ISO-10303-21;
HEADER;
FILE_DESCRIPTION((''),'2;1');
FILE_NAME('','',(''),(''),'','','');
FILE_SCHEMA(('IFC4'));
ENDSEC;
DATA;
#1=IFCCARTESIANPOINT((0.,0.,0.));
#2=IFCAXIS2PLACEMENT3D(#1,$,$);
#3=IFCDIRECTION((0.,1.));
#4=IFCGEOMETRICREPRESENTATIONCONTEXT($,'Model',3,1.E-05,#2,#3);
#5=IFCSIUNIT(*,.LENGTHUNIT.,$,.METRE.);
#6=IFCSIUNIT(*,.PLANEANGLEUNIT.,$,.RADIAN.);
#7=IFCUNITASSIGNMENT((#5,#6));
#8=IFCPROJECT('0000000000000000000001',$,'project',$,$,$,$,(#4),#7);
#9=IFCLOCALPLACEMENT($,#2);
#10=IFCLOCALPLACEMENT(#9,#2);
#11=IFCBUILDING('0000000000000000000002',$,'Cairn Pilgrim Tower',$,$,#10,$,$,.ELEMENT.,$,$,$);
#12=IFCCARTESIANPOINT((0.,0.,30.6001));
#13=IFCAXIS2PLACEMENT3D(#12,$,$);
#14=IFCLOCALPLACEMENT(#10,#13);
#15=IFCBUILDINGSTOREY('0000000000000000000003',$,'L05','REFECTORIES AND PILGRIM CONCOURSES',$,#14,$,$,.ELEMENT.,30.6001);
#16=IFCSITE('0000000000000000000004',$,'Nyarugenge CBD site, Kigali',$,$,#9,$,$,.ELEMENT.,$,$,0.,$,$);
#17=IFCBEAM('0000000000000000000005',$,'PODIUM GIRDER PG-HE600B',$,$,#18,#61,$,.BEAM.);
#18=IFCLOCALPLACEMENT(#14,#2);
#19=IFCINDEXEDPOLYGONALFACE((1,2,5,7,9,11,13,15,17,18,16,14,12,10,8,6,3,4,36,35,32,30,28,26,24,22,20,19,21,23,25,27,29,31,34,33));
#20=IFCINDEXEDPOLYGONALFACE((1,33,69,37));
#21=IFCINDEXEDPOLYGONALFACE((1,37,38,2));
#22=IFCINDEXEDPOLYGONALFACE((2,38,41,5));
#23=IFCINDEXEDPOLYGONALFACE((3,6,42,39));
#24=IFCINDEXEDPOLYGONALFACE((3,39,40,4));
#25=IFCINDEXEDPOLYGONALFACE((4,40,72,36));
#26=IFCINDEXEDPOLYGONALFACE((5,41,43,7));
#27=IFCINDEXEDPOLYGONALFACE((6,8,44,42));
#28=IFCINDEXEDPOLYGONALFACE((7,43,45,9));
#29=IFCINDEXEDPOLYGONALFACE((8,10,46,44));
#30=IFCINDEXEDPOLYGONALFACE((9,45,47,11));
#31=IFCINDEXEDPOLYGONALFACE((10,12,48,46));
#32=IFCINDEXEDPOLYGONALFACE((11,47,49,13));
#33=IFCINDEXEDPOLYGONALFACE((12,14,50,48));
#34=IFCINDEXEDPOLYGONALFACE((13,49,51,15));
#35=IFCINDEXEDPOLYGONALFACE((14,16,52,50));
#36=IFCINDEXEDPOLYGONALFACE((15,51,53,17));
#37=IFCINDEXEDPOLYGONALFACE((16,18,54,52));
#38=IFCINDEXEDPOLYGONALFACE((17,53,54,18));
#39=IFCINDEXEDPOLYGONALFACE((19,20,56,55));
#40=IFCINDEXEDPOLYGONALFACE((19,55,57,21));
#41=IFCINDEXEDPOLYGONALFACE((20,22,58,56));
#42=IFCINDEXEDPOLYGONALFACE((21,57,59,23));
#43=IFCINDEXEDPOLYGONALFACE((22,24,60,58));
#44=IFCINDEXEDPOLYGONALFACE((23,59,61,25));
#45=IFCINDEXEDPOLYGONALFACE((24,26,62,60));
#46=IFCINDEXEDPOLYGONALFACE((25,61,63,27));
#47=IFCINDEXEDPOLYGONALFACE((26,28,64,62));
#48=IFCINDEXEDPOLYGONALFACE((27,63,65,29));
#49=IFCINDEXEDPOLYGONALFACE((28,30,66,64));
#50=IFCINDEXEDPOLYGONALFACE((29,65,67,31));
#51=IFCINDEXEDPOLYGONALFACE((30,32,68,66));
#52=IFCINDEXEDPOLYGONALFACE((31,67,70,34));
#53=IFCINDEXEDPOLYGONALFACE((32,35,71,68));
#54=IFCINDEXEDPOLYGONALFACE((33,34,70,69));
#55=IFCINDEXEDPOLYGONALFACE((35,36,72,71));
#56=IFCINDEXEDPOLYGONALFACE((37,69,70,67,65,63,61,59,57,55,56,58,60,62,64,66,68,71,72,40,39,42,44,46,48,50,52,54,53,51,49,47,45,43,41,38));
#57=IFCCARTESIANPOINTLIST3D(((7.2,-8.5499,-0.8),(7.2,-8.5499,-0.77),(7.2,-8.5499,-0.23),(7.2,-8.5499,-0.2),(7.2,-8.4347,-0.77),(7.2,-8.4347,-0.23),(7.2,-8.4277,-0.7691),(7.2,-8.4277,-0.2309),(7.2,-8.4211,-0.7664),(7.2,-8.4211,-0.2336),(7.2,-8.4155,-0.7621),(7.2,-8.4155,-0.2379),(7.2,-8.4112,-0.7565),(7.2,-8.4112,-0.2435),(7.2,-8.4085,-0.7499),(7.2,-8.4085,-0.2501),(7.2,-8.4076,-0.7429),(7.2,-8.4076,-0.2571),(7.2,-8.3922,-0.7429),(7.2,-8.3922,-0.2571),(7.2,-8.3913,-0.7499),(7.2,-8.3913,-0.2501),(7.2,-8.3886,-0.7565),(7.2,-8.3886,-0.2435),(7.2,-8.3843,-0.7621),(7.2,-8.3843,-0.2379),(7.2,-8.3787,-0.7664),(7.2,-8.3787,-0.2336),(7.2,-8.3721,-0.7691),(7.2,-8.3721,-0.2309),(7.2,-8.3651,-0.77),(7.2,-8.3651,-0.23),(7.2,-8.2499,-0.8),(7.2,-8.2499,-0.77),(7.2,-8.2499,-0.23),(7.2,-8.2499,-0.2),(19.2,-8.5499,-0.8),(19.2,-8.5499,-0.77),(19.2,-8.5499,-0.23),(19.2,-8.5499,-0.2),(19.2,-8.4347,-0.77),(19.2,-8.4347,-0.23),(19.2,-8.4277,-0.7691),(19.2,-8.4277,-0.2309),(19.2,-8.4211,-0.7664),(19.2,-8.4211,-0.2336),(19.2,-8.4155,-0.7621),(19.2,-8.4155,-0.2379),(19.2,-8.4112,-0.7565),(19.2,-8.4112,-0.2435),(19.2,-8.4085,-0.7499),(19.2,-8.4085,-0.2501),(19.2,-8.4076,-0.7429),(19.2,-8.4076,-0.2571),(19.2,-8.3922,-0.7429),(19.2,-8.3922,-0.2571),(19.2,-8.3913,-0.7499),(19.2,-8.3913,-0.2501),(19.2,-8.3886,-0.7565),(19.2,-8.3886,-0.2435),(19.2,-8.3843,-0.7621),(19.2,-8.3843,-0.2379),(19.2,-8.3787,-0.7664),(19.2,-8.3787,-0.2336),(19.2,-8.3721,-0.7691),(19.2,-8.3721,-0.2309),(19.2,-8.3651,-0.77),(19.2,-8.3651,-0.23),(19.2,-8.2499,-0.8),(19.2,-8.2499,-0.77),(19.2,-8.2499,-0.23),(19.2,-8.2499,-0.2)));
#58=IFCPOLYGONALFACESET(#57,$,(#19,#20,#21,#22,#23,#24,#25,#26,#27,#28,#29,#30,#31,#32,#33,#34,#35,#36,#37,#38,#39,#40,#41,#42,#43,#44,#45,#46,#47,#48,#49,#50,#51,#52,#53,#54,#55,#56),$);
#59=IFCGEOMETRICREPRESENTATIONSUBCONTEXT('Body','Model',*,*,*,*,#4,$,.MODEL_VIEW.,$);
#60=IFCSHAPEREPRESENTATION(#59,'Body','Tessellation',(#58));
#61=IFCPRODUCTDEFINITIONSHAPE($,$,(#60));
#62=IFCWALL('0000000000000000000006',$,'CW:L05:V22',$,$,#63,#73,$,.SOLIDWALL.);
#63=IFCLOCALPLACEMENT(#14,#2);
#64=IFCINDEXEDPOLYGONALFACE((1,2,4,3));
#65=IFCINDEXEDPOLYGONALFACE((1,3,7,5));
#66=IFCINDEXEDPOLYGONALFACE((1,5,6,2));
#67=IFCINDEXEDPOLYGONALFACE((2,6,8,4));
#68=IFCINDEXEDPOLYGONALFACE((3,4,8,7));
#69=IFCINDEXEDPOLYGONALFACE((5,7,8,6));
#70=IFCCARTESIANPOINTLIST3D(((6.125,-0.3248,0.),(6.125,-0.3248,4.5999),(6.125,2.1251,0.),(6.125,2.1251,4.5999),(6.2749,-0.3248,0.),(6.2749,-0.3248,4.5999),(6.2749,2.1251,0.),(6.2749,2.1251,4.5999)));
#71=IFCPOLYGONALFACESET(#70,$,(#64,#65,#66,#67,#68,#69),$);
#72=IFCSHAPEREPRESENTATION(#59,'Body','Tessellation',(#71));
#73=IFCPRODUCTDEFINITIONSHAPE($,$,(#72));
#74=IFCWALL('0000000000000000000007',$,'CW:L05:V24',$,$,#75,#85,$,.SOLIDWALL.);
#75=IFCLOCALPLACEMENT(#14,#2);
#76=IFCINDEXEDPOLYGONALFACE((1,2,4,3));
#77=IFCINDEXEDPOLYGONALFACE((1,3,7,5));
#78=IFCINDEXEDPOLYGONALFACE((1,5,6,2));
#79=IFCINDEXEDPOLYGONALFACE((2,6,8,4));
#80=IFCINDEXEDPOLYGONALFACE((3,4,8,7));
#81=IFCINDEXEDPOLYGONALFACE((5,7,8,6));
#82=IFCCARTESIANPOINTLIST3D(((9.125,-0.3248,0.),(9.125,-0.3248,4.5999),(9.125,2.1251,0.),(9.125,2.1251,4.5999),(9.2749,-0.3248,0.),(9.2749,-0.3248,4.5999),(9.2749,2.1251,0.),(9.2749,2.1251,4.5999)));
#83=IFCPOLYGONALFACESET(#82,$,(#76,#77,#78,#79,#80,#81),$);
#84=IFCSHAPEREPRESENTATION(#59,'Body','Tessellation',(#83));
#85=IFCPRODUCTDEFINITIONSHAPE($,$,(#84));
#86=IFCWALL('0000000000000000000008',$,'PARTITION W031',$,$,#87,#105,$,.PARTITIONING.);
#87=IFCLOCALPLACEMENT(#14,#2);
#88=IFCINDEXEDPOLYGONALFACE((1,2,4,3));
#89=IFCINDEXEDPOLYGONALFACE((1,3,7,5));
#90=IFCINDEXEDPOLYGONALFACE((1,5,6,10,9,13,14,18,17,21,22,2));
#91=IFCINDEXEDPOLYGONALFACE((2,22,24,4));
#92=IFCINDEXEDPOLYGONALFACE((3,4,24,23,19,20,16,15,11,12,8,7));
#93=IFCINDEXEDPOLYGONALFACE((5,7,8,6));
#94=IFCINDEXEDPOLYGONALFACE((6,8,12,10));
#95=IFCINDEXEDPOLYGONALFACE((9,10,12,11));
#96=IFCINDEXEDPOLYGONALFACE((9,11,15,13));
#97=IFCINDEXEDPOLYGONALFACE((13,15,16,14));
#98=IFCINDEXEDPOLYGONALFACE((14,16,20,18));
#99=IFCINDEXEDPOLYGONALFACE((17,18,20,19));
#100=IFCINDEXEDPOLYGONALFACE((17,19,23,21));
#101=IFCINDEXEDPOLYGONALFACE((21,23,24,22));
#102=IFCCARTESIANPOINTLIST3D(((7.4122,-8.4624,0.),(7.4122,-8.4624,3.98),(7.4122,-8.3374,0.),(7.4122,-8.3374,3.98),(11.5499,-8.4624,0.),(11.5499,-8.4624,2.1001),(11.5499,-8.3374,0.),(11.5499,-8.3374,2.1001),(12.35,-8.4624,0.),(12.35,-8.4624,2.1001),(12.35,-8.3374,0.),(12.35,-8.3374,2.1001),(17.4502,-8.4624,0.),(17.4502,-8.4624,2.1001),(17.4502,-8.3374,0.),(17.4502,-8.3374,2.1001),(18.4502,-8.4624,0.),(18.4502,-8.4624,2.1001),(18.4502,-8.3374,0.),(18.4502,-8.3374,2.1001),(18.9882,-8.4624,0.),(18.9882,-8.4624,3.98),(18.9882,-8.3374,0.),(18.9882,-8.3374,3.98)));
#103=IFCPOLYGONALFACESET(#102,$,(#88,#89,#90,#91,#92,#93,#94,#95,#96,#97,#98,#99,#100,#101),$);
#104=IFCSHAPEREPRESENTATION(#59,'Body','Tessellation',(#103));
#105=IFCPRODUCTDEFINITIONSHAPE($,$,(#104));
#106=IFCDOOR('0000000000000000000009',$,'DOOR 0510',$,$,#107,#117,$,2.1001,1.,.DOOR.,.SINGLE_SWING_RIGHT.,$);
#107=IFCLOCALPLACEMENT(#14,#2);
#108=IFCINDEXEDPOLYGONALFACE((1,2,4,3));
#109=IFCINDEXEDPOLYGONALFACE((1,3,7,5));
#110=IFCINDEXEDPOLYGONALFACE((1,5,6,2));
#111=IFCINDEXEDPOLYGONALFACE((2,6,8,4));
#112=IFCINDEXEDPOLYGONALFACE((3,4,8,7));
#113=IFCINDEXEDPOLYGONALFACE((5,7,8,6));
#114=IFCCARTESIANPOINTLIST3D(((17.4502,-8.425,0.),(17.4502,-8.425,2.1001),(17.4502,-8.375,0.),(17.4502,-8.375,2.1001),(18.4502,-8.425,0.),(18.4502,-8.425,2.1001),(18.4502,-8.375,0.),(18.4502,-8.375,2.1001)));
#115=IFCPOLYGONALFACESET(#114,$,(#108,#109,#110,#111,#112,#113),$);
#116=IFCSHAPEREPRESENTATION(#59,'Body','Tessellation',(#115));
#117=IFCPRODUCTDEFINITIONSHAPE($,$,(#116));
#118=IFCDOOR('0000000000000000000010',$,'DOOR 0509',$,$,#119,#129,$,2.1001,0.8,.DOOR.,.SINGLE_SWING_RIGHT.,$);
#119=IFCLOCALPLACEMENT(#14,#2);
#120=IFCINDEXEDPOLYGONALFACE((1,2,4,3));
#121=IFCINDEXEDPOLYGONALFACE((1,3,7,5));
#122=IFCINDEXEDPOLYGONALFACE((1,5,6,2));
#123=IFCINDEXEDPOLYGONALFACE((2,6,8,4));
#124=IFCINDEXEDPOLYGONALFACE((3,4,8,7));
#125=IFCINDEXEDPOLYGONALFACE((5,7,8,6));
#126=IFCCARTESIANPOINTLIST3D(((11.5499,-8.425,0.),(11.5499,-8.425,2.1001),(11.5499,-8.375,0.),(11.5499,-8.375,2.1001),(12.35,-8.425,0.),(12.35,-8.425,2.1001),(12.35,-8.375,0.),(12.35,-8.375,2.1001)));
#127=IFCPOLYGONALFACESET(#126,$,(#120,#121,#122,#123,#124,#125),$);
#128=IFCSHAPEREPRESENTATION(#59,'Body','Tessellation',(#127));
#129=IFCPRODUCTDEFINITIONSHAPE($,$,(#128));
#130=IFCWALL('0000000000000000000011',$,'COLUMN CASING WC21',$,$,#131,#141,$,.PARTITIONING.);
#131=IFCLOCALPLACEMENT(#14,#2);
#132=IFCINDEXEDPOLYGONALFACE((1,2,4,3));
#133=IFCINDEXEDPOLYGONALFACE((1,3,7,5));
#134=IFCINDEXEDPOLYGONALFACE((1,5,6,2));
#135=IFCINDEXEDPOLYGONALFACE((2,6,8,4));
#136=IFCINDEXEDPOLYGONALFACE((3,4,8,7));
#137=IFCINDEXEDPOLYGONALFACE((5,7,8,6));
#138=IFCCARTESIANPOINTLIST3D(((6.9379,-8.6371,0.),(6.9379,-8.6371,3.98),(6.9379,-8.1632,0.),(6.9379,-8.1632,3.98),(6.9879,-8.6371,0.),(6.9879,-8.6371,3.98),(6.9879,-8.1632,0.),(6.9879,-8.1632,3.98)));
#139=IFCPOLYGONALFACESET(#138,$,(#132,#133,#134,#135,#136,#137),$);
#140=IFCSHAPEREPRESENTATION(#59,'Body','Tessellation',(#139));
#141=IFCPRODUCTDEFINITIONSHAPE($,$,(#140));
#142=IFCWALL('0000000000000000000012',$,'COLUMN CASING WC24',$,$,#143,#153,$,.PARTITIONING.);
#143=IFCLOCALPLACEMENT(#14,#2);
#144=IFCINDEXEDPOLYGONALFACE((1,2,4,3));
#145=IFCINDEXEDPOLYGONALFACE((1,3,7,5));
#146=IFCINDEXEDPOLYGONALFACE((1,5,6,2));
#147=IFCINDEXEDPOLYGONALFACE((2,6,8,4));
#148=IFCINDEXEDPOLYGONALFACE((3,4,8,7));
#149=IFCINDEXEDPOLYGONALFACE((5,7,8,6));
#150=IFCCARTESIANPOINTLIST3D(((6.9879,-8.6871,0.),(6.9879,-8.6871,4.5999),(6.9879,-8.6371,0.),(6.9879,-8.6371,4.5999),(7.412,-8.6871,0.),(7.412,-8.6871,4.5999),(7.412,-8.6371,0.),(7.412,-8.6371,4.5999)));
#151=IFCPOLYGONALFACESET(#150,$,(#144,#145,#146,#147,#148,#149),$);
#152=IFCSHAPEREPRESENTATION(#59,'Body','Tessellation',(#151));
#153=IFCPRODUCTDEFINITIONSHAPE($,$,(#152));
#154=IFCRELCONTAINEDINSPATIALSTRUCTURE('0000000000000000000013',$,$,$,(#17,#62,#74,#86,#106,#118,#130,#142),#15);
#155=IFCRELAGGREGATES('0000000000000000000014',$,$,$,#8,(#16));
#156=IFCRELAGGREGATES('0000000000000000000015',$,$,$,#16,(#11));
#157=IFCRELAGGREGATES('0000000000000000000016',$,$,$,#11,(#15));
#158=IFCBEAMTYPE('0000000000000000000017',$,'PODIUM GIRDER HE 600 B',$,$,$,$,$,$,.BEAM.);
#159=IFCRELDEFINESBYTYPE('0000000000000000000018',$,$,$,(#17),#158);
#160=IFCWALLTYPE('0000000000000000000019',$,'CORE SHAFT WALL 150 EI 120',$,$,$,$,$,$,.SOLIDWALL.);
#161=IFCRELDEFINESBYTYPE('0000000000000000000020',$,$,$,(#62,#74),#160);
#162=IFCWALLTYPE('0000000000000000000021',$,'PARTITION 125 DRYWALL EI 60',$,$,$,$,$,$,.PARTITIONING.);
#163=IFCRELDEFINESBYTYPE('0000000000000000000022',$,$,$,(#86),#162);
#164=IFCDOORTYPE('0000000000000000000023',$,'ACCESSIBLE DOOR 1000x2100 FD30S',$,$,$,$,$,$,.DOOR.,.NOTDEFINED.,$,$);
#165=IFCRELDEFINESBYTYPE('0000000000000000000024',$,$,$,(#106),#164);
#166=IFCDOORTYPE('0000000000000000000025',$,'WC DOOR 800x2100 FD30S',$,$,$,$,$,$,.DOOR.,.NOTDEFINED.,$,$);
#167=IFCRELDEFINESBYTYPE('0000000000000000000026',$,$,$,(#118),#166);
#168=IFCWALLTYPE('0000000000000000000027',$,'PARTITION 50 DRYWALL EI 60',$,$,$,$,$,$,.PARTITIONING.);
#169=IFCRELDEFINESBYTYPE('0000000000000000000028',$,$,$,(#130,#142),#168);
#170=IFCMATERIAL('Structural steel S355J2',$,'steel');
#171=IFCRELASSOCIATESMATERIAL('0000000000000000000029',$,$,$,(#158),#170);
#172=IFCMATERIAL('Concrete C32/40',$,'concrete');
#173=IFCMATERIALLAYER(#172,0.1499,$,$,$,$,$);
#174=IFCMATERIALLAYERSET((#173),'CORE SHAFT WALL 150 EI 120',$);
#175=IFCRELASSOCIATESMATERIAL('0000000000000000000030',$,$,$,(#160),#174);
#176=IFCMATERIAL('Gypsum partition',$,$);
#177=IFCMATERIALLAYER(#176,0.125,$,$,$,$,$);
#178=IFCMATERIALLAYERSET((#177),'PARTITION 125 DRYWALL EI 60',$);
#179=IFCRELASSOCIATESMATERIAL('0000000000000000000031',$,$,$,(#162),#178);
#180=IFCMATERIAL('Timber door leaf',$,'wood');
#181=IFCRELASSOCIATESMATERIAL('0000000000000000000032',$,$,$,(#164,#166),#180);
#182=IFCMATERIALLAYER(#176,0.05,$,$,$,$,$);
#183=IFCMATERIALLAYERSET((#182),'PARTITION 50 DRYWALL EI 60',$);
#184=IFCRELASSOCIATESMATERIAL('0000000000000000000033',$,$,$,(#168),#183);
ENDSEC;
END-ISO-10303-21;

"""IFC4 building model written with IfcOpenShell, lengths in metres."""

from ifc_helpers import new_model, si_unit, direction, frame, frame_2d, origin, origin_2d, place, context, subcontext, project, spatial, rectangle, i_section, extrude, material, layer, layer_set, material_profile, profile_set, type_object, element, fill, save


model = new_model("IFC4")

# Units and contexts
model_context = context("Model", 3, precision=1e-05, world=origin(), true_north=direction((0.0, 1.0)))
body_context = subcontext(model_context, "Body", "Model", "MODEL_VIEW")
ifc_project = project(units=[si_unit("LENGTHUNIT", "METRE"), si_unit("PLANEANGLEUNIT", "RADIAN")], contexts=[model_context])

# Site, building, storey
site_placement = place(None, origin())
site = spatial("IfcSite", under=ifc_project, at=site_placement, Name="Nyarugenge CBD site, Kigali", CompositionType="ELEMENT", RefElevation=0.0)
building_placement = place(site_placement, origin())
building = spatial("IfcBuilding", under=site, at=building_placement, Name="Cairn Pilgrim Tower", CompositionType="ELEMENT")
storey_placement = place(building_placement, frame((0.0, 0.0, 30.6001)))
storey = spatial("IfcBuildingStorey", under=building, at=storey_placement, Name="L05", Description="REFECTORIES AND PILGRIM CONCOURSES", CompositionType="ELEMENT", Elevation=30.6001)

# Beam
ifc_material_1 = material(Name="Structural steel S355J2", Category="steel")
ifc_material_profile_1 = material_profile(ifc_material_1, i_section(OverallWidth=0.3, OverallDepth=0.6001, WebThickness=0.0154, FlangeThickness=0.03, FilletRadius=0.0271, at=origin_2d()), Name="HEB 600")
ifc_profile_set_1 = profile_set([ifc_material_profile_1], Name="Structural steel S355J2")
beam_type_1 = type_object("IfcBeamType", Name="PODIUM GIRDER HE 600 B", PredefinedType="BEAM", material=ifc_profile_set_1)
beam_1_placement = place(storey_placement, frame((7.2, -8.3999, -0.5), z_axis=(1.0, 0.0, 0.0), x_axis=(0.0, 1.0, 0.0)))
element("IfcBeam", 1, at=beam_1_placement, inside=storey, type_object=beam_type_1, Name="PODIUM GIRDER PG-HE600B", PredefinedType="BEAM", context=body_context, shape_type="SweptSolid", body=[
    extrude(i_section(OverallWidth=0.3, OverallDepth=0.6001, WebThickness=0.0154, FlangeThickness=0.03, FilletRadius=0.0271, at=origin_2d()), origin(), (0.0, 0.0, 1.0), 12.0),
])

# Walls
ifc_material_2 = material(Name="Concrete C32/40", Category="concrete")
ifc_layer_1 = layer(ifc_material_2, 0.1499)
ifc_layer_set_1 = layer_set([ifc_layer_1], Name="CORE SHAFT WALL 150 EI 120")
wall_type_1 = type_object("IfcWallType", Name="CORE SHAFT WALL 150 EI 120", PredefinedType="SOLIDWALL", material=ifc_layer_set_1)
for number, where, z_axis, x_axis, name in (
    (2, (6.2, -0.325, 0.0), (0.0, 0.0, 1.0), (0.0, 1.0, 0.0), "CW:L05:V22"),
    (3, (9.2, -0.325, 0.0), (0.0, 0.0, 1.0), (0.0, 1.0, 0.0), "CW:L05:V24"),
):
    element("IfcWall", number, at=place(storey_placement, frame(where, z_axis=z_axis, x_axis=x_axis)), inside=storey, type_object=wall_type_1, Name=name, PredefinedType="SOLIDWALL", context=body_context, shape_type="SweptSolid", body=[
        extrude(rectangle(XDim=2.45, YDim=0.1499, at=frame_2d((1.2251, 0.0))), origin(), (0.0, 0.0, 1.0), 4.5999),
    ])

# Wall, openings, doors
ifc_material_3 = material(Name="Gypsum partition")
ifc_layer_2 = layer(ifc_material_3, 0.125)
ifc_layer_set_2 = layer_set([ifc_layer_2], Name="PARTITION 125 DRYWALL EI 60")
wall_type_2 = type_object("IfcWallType", Name="PARTITION 125 DRYWALL EI 60", PredefinedType="PARTITIONING", material=ifc_layer_set_2)
wall_1_placement = place(storey_placement, frame((7.4121, -8.3999, 0.0), z_axis=(0.0, 0.0, 1.0), x_axis=(1.0, 0.0, 0.0)))
wall_1 = element("IfcWall", 4, at=wall_1_placement, inside=storey, type_object=wall_type_2, Name="PARTITION W031", PredefinedType="PARTITIONING", context=body_context, shape_type="SweptSolid", body=[
    extrude(rectangle(XDim=11.5759, YDim=0.125, at=frame_2d((5.7881, 0.0))), origin(), (0.0, 0.0, 1.0), 3.98),
])
opening_1_placement = place(wall_1_placement, frame((4.1379, 0.0, 0.0)))
opening_1 = element("IfcOpeningElement", 5, at=opening_1_placement, cuts=wall_1, PredefinedType="OPENING", context=body_context, shape_type="SweptSolid", body=[
    extrude(rectangle(XDim=0.8, YDim=2.1001, at=frame_2d((0.3999, 1.05))), frame((0.0, 0.0725, 0.0), z_axis=(0.0, -1.0, 0.0), x_axis=(1.0, 0.0, 0.0)), (0.0, 0.0, 1.0), 0.145),
])
opening_2_placement = place(wall_1_placement, frame((10.0381, 0.0, 0.0)))
opening_2 = element("IfcOpeningElement", 6, at=opening_2_placement, cuts=wall_1, PredefinedType="OPENING", context=body_context, shape_type="SweptSolid", body=[
    extrude(rectangle(XDim=1.0, YDim=2.1001, at=frame_2d((0.5, 1.05))), frame((0.0, 0.0725, 0.0), z_axis=(0.0, -1.0, 0.0), x_axis=(1.0, 0.0, 0.0)), (0.0, 0.0, 1.0), 0.145),
])
ifc_material_4 = material(Name="Timber door leaf", Category="wood")
door_type_1 = type_object("IfcDoorType", Name="ACCESSIBLE DOOR 1000x2100 FD30S", OperationType="NOTDEFINED", PredefinedType="DOOR", material=ifc_material_4)
door_1_placement = place(opening_2_placement, origin())
door_1 = element("IfcDoor", 7, at=door_1_placement, inside=storey, type_object=door_type_1, Name="DOOR 0510", OperationType="SINGLE_SWING_RIGHT", OverallHeight=2.1001, OverallWidth=1.0, PredefinedType="DOOR", context=body_context, shape_type="SweptSolid", body=[
    extrude(rectangle(XDim=1.0, YDim=2.1001, at=frame_2d((0.5, 1.05))), frame((0.0, 0.0249, 0.0), z_axis=(0.0, -1.0, 0.0), x_axis=(1.0, 0.0, 0.0)), (0.0, 0.0, 1.0), 0.05),
])
fill(opening_2, door_1)
door_type_2 = type_object("IfcDoorType", Name="WC DOOR 800x2100 FD30S", OperationType="NOTDEFINED", PredefinedType="DOOR", material=ifc_material_4)
door_2_placement = place(opening_1_placement, origin())
door_2 = element("IfcDoor", 8, at=door_2_placement, inside=storey, type_object=door_type_2, Name="DOOR 0509", OperationType="SINGLE_SWING_RIGHT", OverallHeight=2.1001, OverallWidth=0.8, PredefinedType="DOOR", context=body_context, shape_type="SweptSolid", body=[
    extrude(rectangle(XDim=0.8, YDim=2.1001, at=frame_2d((0.3999, 1.05))), frame((0.0, 0.0249, 0.0), z_axis=(0.0, -1.0, 0.0), x_axis=(1.0, 0.0, 0.0)), (0.0, 0.0, 1.0), 0.05),
])
fill(opening_1, door_2)

# Walls
ifc_layer_3 = layer(ifc_material_3, 0.05)
ifc_layer_set_3 = layer_set([ifc_layer_3], Name="PARTITION 50 DRYWALL EI 60")
wall_type_3 = type_object("IfcWallType", Name="PARTITION 50 DRYWALL EI 60", PredefinedType="PARTITIONING", material=ifc_layer_set_3)
wall_2_placement = place(storey_placement, frame((6.9629, -8.637, 0.0), z_axis=(0.0, 0.0, 1.0), x_axis=(0.0, 1.0, 0.0)))
element("IfcWall", 9, at=wall_2_placement, inside=storey, type_object=wall_type_3, Name="COLUMN CASING WC21", PredefinedType="PARTITIONING", context=body_context, shape_type="SweptSolid", body=[
    extrude(rectangle(XDim=0.4739, YDim=0.05, at=frame_2d((0.2368, 0.0))), origin(), (0.0, 0.0, 1.0), 3.98),
])
wall_3_placement = place(storey_placement, frame((6.988, -8.6621, 0.0), z_axis=(0.0, 0.0, 1.0), x_axis=(1.0, 0.0, 0.0)))
element("IfcWall", 10, at=wall_3_placement, inside=storey, type_object=wall_type_3, Name="COLUMN CASING WC24", PredefinedType="PARTITIONING", context=body_context, shape_type="SweptSolid", body=[
    extrude(rectangle(XDim=0.4241, YDim=0.05, at=frame_2d((0.2119, 0.0))), origin(), (0.0, 0.0, 1.0), 4.5999),
])

save(model, "model.ifc")
